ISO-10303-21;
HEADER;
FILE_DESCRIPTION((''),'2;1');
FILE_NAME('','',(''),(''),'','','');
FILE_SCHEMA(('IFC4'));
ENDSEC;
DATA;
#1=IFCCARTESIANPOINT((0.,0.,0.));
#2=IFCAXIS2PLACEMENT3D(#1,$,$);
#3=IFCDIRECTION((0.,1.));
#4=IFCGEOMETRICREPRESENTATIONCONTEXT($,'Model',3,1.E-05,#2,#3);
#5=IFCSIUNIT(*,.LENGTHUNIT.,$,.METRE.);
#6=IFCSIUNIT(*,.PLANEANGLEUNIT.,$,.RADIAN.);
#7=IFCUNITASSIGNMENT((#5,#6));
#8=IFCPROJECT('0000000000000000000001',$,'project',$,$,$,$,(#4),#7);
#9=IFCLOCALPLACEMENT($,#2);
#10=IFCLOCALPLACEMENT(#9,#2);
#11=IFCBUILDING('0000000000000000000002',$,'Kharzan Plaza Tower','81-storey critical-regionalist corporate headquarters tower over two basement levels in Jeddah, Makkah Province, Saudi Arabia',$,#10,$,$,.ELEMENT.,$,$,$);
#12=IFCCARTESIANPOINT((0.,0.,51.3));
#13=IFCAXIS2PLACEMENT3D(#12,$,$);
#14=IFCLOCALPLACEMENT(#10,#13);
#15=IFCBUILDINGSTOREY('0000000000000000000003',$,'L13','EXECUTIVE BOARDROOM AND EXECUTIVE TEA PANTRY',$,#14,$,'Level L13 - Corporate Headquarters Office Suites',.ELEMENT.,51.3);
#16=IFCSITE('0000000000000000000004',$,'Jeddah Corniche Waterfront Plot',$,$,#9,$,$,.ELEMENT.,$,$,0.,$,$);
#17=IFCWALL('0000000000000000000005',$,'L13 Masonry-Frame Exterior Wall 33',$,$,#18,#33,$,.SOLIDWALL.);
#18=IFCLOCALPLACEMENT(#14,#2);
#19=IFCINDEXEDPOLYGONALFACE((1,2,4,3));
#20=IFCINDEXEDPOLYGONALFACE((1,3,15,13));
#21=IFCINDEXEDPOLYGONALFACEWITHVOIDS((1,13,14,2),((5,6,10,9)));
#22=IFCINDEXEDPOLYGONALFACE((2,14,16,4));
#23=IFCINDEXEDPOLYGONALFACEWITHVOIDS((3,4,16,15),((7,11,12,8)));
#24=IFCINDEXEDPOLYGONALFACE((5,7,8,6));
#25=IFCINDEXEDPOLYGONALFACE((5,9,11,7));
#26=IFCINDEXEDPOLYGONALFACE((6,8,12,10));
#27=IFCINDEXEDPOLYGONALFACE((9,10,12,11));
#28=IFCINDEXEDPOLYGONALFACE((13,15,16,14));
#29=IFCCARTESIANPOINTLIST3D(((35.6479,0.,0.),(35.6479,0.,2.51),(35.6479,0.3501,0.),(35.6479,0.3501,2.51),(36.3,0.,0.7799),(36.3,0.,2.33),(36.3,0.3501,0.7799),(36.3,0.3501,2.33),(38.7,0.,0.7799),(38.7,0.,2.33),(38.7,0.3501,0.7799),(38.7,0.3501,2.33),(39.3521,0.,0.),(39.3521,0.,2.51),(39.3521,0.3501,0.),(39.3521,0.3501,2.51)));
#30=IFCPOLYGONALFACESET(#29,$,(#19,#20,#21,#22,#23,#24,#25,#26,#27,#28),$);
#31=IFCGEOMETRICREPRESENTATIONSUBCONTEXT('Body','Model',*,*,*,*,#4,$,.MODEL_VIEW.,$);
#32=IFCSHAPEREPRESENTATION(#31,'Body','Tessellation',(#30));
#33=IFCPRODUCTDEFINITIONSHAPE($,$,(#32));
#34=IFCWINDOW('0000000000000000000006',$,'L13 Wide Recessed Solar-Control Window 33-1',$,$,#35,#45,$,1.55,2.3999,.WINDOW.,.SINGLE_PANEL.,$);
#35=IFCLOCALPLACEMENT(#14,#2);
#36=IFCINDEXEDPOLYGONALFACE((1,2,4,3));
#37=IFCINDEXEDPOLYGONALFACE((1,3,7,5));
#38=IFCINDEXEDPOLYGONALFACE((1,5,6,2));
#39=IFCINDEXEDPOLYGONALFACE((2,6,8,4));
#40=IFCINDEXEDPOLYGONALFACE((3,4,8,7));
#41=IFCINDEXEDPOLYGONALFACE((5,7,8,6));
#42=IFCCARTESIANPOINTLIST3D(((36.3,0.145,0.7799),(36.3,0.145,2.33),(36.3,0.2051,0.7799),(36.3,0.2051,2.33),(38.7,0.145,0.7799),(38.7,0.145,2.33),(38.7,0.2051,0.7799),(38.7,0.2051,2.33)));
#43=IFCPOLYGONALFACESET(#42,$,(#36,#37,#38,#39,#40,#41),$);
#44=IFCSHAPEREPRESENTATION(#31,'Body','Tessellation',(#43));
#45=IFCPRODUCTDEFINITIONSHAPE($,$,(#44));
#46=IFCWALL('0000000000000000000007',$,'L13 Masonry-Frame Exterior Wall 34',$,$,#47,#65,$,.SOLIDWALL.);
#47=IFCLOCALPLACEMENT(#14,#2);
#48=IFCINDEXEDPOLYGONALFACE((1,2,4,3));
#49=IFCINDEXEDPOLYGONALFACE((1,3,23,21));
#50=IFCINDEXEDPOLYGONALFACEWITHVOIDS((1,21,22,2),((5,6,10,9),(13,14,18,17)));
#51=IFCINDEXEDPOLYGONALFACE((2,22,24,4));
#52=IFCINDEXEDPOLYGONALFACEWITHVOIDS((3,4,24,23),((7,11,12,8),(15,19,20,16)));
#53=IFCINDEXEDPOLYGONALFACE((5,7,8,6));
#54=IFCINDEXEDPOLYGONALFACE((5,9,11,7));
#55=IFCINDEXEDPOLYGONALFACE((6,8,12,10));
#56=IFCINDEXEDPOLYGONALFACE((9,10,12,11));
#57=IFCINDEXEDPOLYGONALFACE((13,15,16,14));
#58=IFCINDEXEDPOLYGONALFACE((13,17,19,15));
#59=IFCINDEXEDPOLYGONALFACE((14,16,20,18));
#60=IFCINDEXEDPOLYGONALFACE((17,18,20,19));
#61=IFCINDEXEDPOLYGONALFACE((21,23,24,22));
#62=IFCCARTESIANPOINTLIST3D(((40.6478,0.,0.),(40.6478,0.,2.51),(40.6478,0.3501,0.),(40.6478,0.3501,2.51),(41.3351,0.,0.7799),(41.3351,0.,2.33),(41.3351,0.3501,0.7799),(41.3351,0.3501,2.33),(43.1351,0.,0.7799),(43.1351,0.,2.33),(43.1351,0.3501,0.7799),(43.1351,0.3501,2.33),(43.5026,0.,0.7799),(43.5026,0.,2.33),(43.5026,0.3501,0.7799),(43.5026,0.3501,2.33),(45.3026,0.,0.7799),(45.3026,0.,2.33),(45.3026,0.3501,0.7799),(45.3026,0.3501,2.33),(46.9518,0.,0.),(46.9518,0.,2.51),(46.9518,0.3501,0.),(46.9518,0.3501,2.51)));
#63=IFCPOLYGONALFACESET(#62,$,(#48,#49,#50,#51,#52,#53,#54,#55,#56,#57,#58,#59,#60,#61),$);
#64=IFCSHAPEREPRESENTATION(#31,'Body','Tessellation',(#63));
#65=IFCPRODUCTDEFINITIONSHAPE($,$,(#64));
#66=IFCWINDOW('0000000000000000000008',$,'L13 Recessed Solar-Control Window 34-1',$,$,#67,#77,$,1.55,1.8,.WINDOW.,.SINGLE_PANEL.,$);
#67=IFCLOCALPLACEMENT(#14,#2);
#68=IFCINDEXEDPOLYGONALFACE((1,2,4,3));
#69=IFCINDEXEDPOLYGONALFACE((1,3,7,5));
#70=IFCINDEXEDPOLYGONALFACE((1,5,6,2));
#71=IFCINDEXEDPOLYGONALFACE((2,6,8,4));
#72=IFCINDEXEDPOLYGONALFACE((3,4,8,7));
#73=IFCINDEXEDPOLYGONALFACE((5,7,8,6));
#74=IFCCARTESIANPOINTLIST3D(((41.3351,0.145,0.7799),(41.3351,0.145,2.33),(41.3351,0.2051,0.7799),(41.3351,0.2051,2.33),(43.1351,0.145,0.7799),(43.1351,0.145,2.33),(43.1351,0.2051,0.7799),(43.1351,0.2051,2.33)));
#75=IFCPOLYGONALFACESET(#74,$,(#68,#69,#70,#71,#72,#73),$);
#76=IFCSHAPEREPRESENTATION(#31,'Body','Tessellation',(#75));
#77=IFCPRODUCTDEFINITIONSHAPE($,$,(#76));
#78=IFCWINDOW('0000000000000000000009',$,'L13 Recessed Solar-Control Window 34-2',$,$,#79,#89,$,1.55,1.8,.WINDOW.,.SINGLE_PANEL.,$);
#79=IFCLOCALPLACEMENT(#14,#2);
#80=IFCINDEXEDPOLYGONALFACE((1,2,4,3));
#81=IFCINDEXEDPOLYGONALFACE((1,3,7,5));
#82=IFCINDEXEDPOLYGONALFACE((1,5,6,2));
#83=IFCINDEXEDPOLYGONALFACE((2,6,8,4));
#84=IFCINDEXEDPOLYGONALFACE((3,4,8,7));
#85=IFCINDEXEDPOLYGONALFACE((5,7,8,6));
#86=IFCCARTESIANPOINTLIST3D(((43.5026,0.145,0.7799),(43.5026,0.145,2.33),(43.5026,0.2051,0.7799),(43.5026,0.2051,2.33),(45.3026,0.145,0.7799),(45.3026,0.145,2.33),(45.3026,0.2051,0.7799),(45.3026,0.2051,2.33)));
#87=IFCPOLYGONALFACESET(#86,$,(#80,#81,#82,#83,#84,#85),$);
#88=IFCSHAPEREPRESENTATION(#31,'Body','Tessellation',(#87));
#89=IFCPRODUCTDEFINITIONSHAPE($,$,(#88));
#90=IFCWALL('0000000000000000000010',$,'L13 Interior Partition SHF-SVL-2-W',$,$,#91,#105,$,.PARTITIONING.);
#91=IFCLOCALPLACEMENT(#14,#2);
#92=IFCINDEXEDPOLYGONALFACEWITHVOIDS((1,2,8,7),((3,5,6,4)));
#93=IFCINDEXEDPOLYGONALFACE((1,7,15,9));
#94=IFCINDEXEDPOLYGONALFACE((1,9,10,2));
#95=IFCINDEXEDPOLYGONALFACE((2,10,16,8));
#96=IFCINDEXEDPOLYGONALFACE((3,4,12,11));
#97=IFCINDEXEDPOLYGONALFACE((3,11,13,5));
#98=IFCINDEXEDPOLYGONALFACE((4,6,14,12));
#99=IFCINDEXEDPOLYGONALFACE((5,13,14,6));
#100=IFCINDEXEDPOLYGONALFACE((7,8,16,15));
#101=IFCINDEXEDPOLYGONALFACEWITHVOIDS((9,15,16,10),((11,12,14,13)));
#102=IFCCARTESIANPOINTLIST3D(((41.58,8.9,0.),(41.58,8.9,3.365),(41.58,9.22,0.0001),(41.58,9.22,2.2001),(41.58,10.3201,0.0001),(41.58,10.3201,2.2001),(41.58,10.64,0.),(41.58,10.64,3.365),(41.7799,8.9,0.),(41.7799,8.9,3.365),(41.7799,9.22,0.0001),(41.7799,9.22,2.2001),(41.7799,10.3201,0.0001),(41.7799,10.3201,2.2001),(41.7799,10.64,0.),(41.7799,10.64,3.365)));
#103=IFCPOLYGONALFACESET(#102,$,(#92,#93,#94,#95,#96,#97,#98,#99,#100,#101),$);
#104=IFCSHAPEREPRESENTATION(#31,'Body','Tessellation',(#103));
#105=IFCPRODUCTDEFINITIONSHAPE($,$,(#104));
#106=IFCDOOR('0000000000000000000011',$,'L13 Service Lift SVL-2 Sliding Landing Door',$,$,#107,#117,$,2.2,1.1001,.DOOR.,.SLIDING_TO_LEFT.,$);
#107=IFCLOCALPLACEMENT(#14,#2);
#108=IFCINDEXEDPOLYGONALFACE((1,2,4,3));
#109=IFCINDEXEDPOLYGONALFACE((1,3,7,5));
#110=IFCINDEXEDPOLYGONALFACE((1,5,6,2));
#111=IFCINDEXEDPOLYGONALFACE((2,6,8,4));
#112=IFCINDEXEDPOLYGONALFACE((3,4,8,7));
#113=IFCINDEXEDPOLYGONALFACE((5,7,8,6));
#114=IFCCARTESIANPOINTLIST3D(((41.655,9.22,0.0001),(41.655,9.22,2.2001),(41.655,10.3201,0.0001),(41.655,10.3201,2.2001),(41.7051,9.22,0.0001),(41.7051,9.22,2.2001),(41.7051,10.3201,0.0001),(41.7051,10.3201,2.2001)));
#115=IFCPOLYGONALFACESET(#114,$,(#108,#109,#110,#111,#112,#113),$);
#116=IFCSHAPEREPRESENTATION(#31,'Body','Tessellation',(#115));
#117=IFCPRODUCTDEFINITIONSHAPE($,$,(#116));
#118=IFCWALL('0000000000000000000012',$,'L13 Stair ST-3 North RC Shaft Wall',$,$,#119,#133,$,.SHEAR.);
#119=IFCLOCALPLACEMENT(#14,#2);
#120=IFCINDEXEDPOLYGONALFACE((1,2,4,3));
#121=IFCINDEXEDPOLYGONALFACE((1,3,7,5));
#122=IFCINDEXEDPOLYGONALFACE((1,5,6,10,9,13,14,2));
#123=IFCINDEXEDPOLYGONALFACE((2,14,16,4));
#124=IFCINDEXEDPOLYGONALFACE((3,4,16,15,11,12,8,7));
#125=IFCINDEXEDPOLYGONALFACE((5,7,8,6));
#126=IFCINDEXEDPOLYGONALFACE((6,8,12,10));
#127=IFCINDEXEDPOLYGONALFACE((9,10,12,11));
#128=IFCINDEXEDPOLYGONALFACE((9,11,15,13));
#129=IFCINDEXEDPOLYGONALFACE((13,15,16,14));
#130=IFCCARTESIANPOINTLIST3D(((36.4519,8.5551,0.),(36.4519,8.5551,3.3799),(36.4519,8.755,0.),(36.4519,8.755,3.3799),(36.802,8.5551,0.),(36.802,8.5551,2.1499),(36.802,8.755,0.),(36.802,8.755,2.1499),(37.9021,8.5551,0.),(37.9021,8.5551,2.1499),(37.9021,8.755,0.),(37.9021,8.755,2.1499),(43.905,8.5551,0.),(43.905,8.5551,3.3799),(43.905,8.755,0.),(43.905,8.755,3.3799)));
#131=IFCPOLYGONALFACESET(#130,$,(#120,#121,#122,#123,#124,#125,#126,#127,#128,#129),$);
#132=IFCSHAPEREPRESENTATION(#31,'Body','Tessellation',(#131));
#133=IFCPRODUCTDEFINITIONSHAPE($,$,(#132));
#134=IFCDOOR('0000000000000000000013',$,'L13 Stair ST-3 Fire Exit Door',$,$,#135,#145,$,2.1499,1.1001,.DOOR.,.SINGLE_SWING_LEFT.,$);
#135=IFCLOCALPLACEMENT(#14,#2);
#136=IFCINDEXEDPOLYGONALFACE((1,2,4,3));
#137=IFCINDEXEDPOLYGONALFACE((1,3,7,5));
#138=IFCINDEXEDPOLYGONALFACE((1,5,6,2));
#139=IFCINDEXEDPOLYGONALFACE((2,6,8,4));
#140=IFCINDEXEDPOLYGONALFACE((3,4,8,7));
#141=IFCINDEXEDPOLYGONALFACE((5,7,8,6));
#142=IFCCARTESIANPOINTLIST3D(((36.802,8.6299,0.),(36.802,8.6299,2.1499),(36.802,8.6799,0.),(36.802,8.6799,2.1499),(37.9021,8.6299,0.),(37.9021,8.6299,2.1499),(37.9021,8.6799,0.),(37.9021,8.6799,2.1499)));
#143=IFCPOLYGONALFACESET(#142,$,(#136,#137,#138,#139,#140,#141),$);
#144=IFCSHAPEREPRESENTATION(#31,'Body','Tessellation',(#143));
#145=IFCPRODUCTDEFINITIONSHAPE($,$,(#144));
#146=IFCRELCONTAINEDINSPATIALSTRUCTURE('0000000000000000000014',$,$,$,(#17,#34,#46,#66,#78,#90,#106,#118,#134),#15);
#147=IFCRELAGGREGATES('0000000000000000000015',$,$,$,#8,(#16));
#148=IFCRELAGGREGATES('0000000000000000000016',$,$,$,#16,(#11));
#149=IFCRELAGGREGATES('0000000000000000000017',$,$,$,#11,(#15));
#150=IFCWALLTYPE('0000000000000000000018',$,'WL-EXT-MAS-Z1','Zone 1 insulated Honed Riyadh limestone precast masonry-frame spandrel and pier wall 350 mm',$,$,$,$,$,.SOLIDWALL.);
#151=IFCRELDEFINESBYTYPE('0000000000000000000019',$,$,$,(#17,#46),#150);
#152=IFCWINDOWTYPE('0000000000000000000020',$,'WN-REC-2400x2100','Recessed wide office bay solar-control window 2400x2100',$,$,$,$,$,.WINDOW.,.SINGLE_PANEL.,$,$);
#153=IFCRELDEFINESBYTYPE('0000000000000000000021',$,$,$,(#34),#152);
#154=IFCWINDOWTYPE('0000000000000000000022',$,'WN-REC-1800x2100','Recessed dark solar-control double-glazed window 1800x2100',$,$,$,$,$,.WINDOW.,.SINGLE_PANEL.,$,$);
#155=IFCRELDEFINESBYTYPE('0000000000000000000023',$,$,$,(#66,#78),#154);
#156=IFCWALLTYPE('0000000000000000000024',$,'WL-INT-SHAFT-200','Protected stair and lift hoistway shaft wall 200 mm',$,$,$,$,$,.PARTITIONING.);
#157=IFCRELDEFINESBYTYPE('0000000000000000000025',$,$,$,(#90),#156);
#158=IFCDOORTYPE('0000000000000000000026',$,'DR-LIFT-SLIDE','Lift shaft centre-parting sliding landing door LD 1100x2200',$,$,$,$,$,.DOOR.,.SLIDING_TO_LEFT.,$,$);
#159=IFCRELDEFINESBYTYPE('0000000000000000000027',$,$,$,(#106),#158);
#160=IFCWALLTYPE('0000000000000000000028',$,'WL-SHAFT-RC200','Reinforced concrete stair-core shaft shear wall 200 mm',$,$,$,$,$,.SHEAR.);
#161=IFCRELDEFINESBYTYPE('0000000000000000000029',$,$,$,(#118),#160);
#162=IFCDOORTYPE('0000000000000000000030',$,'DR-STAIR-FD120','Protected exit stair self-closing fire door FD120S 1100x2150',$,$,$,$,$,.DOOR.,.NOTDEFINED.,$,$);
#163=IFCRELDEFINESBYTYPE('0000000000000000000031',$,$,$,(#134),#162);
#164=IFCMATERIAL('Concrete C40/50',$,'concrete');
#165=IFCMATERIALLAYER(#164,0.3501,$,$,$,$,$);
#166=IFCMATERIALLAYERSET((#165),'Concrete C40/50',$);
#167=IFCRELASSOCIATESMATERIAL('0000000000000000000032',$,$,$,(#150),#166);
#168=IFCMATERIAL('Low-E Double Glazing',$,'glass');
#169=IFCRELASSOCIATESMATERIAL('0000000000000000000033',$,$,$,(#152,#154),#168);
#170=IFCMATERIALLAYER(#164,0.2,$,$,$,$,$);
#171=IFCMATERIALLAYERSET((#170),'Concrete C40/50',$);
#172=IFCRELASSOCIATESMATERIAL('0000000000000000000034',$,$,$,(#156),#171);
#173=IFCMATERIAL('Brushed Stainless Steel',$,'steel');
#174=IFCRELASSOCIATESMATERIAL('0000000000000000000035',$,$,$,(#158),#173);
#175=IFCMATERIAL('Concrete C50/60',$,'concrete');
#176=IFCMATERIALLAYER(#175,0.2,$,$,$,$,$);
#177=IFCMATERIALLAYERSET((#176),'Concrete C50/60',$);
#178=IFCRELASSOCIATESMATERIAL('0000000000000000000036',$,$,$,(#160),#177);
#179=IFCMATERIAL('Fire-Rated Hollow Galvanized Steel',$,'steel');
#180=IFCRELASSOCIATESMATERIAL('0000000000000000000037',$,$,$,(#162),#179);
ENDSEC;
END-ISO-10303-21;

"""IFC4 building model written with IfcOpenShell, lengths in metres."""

from ifc_helpers import new_model, si_unit, direction, frame, frame_2d, origin, place, context, subcontext, project, spatial, rectangle, extrude, source, transform, mapped, material, layer, layer_set, type_object, element, fill, save


model = new_model("IFC4")

# Units and contexts
model_context = context("Model", 3, precision=1e-05, world=origin(), true_north=direction((0.0, 1.0)))
body_context = subcontext(model_context, "Body", "Model", "MODEL_VIEW")
ifc_project = project(units=[si_unit("LENGTHUNIT", "METRE"), si_unit("PLANEANGLEUNIT", "RADIAN")], contexts=[model_context])

# Site, building, storey
site_placement = place(None, origin())
site = spatial("IfcSite", under=ifc_project, at=site_placement, Name="Jeddah Corniche Waterfront Plot", CompositionType="ELEMENT", RefElevation=0.0)
building_placement = place(site_placement, origin())
building = spatial("IfcBuilding", under=site, at=building_placement, Name="Kharzan Plaza Tower", Description="81-storey critical-regionalist corporate headquarters tower over two basement levels in Jeddah, Makkah Province, Saudi Arabia", CompositionType="ELEMENT")
storey_placement = place(building_placement, frame((0.0, 0.0, 51.3)))
storey = spatial("IfcBuildingStorey", under=building, at=storey_placement, Name="L13", Description="EXECUTIVE BOARDROOM AND EXECUTIVE TEA PANTRY", LongName="Level L13 - Corporate Headquarters Office Suites", CompositionType="ELEMENT", Elevation=51.3)

# Wall, opening, window
ifc_material_1 = material(Name="Concrete C40/50", Category="concrete")
ifc_layer_1 = layer(ifc_material_1, 0.3501)
ifc_layer_set_1 = layer_set([ifc_layer_1], Name="Concrete C40/50")
wall_type_1 = type_object("IfcWallType", Name="WL-EXT-MAS-Z1", Description="Zone 1 insulated Honed Riyadh limestone precast masonry-frame spandrel and pier wall 350 mm", PredefinedType="SOLIDWALL", material=ifc_layer_set_1)
wall_1_placement = place(storey_placement, frame((35.6479, 0.175, 0.0), z_axis=(0.0, 0.0, 1.0), x_axis=(1.0, 0.0, 0.0)))
wall_1 = element("IfcWall", 1, at=wall_1_placement, inside=storey, type_object=wall_type_1, Name="L13 Masonry-Frame Exterior Wall 33", PredefinedType="SOLIDWALL", context=body_context, shape_type="SweptSolid", body=[
    extrude(rectangle(XDim=3.7041, YDim=0.3501, at=frame_2d((1.8521, 0.0))), origin(), (0.0, 0.0, 1.0), 2.51),
])
opening_1_placement = place(wall_1_placement, frame((0.6521, 0.0, 0.78)))
opening_1 = element("IfcOpeningElement", 2, at=opening_1_placement, cuts=wall_1, PredefinedType="OPENING", context=body_context, shape_type="SweptSolid", body=[
    extrude(rectangle(XDim=2.3999, YDim=1.55, at=frame_2d((1.2, 0.7749))), frame((0.0, 0.1851, 0.0), z_axis=(0.0, -1.0, 0.0), x_axis=(1.0, 0.0, 0.0)), (0.0, 0.0, 1.0), 0.3701),
])
ifc_material_2 = material(Name="Low-E Double Glazing", Category="glass")
window_type_1 = type_object("IfcWindowType", Name="WN-REC-2400x2100", Description="Recessed wide office bay solar-control window 2400x2100", PartitioningType="SINGLE_PANEL", PredefinedType="WINDOW", material=ifc_material_2)
shared_shape_1 = source(origin(), body_context, "Body", "SweptSolid", [
    extrude(rectangle(XDim=2.3999, YDim=1.55, at=frame_2d((1.2, 0.7749))), frame((0.0, 0.03, 0.0), z_axis=(0.0, -1.0, 0.0), x_axis=(1.0, 0.0, 0.0)), (0.0, 0.0, 1.0), 0.0601),
])
window_1_placement = place(opening_1_placement, origin())
window_1 = element("IfcWindow", 3, at=window_1_placement, inside=storey, type_object=window_type_1, Name="L13 Wide Recessed Solar-Control Window 33-1", OverallHeight=1.55, OverallWidth=2.3999, PartitioningType="SINGLE_PANEL", PredefinedType="WINDOW", context=body_context, shape_type="MappedRepresentation", body=[
    mapped(shared_shape_1, transform((0.0, 0.0, 0.0), x_axis=(1.0, 0.0, 0.0), y_axis=(0.0, 1.0, 0.0), z_axis=(0.0, 0.0, 1.0))),
])
fill(opening_1, window_1)

# Wall, openings, windows
wall_2_placement = place(storey_placement, frame((40.6479, 0.175, 0.0), z_axis=(0.0, 0.0, 1.0), x_axis=(1.0, 0.0, 0.0)))
wall_2 = element("IfcWall", 4, at=wall_2_placement, inside=storey, type_object=wall_type_1, Name="L13 Masonry-Frame Exterior Wall 34", PredefinedType="SOLIDWALL", context=body_context, shape_type="SweptSolid", body=[
    extrude(rectangle(XDim=6.304, YDim=0.3501, at=frame_2d((3.1519, 0.0))), origin(), (0.0, 0.0, 1.0), 2.51),
])
opening_2_placement = place(wall_2_placement, frame((0.6873, 0.0, 0.78)))
opening_2 = element("IfcOpeningElement", 5, at=opening_2_placement, cuts=wall_2, PredefinedType="OPENING", context=body_context, shape_type="SweptSolid", body=[
    extrude(rectangle(XDim=1.8, YDim=1.55, at=frame_2d((0.8999, 0.7749))), frame((0.0, 0.1851, 0.0), z_axis=(0.0, -1.0, 0.0), x_axis=(1.0, 0.0, 0.0)), (0.0, 0.0, 1.0), 0.3701),
])
opening_3_placement = place(wall_2_placement, frame((2.8547, 0.0, 0.78)))
opening_3 = element("IfcOpeningElement", 6, at=opening_3_placement, cuts=wall_2, PredefinedType="OPENING", context=body_context, shape_type="SweptSolid", body=[
    extrude(rectangle(XDim=1.8, YDim=1.55, at=frame_2d((0.8999, 0.7749))), frame((0.0, 0.1851, 0.0), z_axis=(0.0, -1.0, 0.0), x_axis=(1.0, 0.0, 0.0)), (0.0, 0.0, 1.0), 0.3701),
])
window_type_2 = type_object("IfcWindowType", Name="WN-REC-1800x2100", Description="Recessed dark solar-control double-glazed window 1800x2100", PartitioningType="SINGLE_PANEL", PredefinedType="WINDOW", material=ifc_material_2)
shared_shape_2 = source(origin(), body_context, "Body", "SweptSolid", [
    extrude(rectangle(XDim=1.8, YDim=1.55, at=frame_2d((0.8999, 0.7749))), frame((0.0, 0.03, 0.0), z_axis=(0.0, -1.0, 0.0), x_axis=(1.0, 0.0, 0.0)), (0.0, 0.0, 1.0), 0.0601),
])
window_2_placement = place(opening_2_placement, origin())
window_2 = element("IfcWindow", 7, at=window_2_placement, inside=storey, type_object=window_type_2, Name="L13 Recessed Solar-Control Window 34-1", OverallHeight=1.55, OverallWidth=1.8, PartitioningType="SINGLE_PANEL", PredefinedType="WINDOW", context=body_context, shape_type="MappedRepresentation", body=[
    mapped(shared_shape_2, transform((0.0, 0.0, 0.0), x_axis=(1.0, 0.0, 0.0), y_axis=(0.0, 1.0, 0.0), z_axis=(0.0, 0.0, 1.0))),
])
fill(opening_2, window_2)
window_3_placement = place(opening_3_placement, origin())
window_3 = element("IfcWindow", 8, at=window_3_placement, inside=storey, type_object=window_type_2, Name="L13 Recessed Solar-Control Window 34-2", OverallHeight=1.55, OverallWidth=1.8, PartitioningType="SINGLE_PANEL", PredefinedType="WINDOW", context=body_context, shape_type="MappedRepresentation", body=[
    mapped(shared_shape_2, transform((0.0, 0.0, 0.0), x_axis=(1.0, 0.0, 0.0), y_axis=(0.0, 1.0, 0.0), z_axis=(0.0, 0.0, 1.0))),
])
fill(opening_3, window_3)

# Walls, openings, doors
ifc_layer_2 = layer(ifc_material_1, 0.2)
ifc_layer_set_2 = layer_set([ifc_layer_2], Name="Concrete C40/50")
wall_type_2 = type_object("IfcWallType", Name="WL-INT-SHAFT-200", Description="Protected stair and lift hoistway shaft wall 200 mm", PredefinedType="PARTITIONING", material=ifc_layer_set_2)
wall_3_placement = place(storey_placement, frame((41.6799, 8.8999, 0.0), z_axis=(0.0, 0.0, 1.0), x_axis=(0.0, 1.0, 0.0)))
wall_3 = element("IfcWall", 9, at=wall_3_placement, inside=storey, type_object=wall_type_2, Name="L13 Interior Partition SHF-SVL-2-W", PredefinedType="PARTITIONING", context=body_context, shape_type="SweptSolid", body=[
    extrude(rectangle(XDim=1.74, YDim=0.2, at=frame_2d((0.8701, 0.0))), origin(), (0.0, 0.0, 1.0), 3.365),
])
opening_4_placement = place(wall_3_placement, frame((0.3201, 0.0, 0.0)))
opening_4 = element("IfcOpeningElement", 10, at=opening_4_placement, cuts=wall_3, PredefinedType="OPENING", context=body_context, shape_type="SweptSolid", body=[
    extrude(rectangle(XDim=1.1001, YDim=2.2, at=frame_2d((0.55, 1.1001))), frame((0.0, 0.1099, 0.0), z_axis=(0.0, -1.0, 0.0), x_axis=(1.0, 0.0, 0.0)), (0.0, 0.0, 1.0), 0.22),
])
ifc_material_3 = material(Name="Brushed Stainless Steel", Category="steel")
door_type_1 = type_object("IfcDoorType", Name="DR-LIFT-SLIDE", Description="Lift shaft centre-parting sliding landing door LD 1100x2200", OperationType="SLIDING_TO_LEFT", PredefinedType="DOOR", material=ifc_material_3)
shared_shape_3 = source(origin(), body_context, "Body", "SweptSolid", [
    extrude(rectangle(XDim=1.1001, YDim=2.2, at=frame_2d((0.55, 1.1001))), frame((0.0, 0.0249, 0.0), z_axis=(0.0, -1.0, 0.0), x_axis=(1.0, 0.0, 0.0)), (0.0, 0.0, 1.0), 0.05),
])
door_1_placement = place(opening_4_placement, origin())
door_1 = element("IfcDoor", 11, at=door_1_placement, inside=storey, type_object=door_type_1, Name="L13 Service Lift SVL-2 Sliding Landing Door", OperationType="SLIDING_TO_LEFT", OverallHeight=2.2, OverallWidth=1.1001, PredefinedType="DOOR", context=body_context, shape_type="MappedRepresentation", body=[
    mapped(shared_shape_3, transform((0.0, 0.0, 0.0), x_axis=(1.0, 0.0, 0.0), y_axis=(0.0, 1.0, 0.0), z_axis=(0.0, 0.0, 1.0))),
])
fill(opening_4, door_1)
ifc_material_4 = material(Name="Concrete C50/60", Category="concrete")
ifc_layer_3 = layer(ifc_material_4, 0.2)
ifc_layer_set_3 = layer_set([ifc_layer_3], Name="Concrete C50/60")
wall_type_3 = type_object("IfcWallType", Name="WL-SHAFT-RC200", Description="Reinforced concrete stair-core shaft shear wall 200 mm", PredefinedType="SHEAR", material=ifc_layer_set_3)
wall_4_placement = place(storey_placement, frame((36.4519, 8.655, 0.0), z_axis=(0.0, 0.0, 1.0), x_axis=(1.0, 0.0, 0.0)))
wall_4 = element("IfcWall", 12, at=wall_4_placement, inside=storey, type_object=wall_type_3, Name="L13 Stair ST-3 North RC Shaft Wall", PredefinedType="SHEAR", context=body_context, shape_type="SweptSolid", body=[
    extrude(rectangle(XDim=7.4531, YDim=0.2, at=frame_2d((3.7266, 0.0))), origin(), (0.0, 0.0, 1.0), 3.3799),
])
opening_5_placement = place(wall_4_placement, frame((0.3501, 0.0, 0.0)))
opening_5 = element("IfcOpeningElement", 13, at=opening_5_placement, cuts=wall_4, PredefinedType="OPENING", context=body_context, shape_type="SweptSolid", body=[
    extrude(rectangle(XDim=1.1001, YDim=2.1499, at=frame_2d((0.55, 1.075))), frame((0.0, 0.1099, 0.0), z_axis=(0.0, -1.0, 0.0), x_axis=(1.0, 0.0, 0.0)), (0.0, 0.0, 1.0), 0.22),
])
ifc_material_5 = material(Name="Fire-Rated Hollow Galvanized Steel", Category="steel")
door_type_2 = type_object("IfcDoorType", Name="DR-STAIR-FD120", Description="Protected exit stair self-closing fire door FD120S 1100x2150", OperationType="NOTDEFINED", PredefinedType="DOOR", material=ifc_material_5)
shared_shape_4 = source(origin(), body_context, "Body", "SweptSolid", [
    extrude(rectangle(XDim=1.1001, YDim=2.1499, at=frame_2d((0.55, 1.075))), frame((0.0, 0.0249, 0.0), z_axis=(0.0, -1.0, 0.0), x_axis=(1.0, 0.0, 0.0)), (0.0, 0.0, 1.0), 0.05),
])
door_2_placement = place(opening_5_placement, origin())
door_2 = element("IfcDoor", 14, at=door_2_placement, inside=storey, type_object=door_type_2, Name="L13 Stair ST-3 Fire Exit Door", OperationType="SINGLE_SWING_LEFT", OverallHeight=2.1499, OverallWidth=1.1001, PredefinedType="DOOR", context=body_context, shape_type="MappedRepresentation", body=[
    mapped(shared_shape_4, transform((0.0, 0.0, 0.0), x_axis=(1.0, 0.0, 0.0), y_axis=(0.0, 1.0, 0.0), z_axis=(0.0, 0.0, 1.0))),
])
fill(opening_5, door_2)

save(model, "model.ifc")
